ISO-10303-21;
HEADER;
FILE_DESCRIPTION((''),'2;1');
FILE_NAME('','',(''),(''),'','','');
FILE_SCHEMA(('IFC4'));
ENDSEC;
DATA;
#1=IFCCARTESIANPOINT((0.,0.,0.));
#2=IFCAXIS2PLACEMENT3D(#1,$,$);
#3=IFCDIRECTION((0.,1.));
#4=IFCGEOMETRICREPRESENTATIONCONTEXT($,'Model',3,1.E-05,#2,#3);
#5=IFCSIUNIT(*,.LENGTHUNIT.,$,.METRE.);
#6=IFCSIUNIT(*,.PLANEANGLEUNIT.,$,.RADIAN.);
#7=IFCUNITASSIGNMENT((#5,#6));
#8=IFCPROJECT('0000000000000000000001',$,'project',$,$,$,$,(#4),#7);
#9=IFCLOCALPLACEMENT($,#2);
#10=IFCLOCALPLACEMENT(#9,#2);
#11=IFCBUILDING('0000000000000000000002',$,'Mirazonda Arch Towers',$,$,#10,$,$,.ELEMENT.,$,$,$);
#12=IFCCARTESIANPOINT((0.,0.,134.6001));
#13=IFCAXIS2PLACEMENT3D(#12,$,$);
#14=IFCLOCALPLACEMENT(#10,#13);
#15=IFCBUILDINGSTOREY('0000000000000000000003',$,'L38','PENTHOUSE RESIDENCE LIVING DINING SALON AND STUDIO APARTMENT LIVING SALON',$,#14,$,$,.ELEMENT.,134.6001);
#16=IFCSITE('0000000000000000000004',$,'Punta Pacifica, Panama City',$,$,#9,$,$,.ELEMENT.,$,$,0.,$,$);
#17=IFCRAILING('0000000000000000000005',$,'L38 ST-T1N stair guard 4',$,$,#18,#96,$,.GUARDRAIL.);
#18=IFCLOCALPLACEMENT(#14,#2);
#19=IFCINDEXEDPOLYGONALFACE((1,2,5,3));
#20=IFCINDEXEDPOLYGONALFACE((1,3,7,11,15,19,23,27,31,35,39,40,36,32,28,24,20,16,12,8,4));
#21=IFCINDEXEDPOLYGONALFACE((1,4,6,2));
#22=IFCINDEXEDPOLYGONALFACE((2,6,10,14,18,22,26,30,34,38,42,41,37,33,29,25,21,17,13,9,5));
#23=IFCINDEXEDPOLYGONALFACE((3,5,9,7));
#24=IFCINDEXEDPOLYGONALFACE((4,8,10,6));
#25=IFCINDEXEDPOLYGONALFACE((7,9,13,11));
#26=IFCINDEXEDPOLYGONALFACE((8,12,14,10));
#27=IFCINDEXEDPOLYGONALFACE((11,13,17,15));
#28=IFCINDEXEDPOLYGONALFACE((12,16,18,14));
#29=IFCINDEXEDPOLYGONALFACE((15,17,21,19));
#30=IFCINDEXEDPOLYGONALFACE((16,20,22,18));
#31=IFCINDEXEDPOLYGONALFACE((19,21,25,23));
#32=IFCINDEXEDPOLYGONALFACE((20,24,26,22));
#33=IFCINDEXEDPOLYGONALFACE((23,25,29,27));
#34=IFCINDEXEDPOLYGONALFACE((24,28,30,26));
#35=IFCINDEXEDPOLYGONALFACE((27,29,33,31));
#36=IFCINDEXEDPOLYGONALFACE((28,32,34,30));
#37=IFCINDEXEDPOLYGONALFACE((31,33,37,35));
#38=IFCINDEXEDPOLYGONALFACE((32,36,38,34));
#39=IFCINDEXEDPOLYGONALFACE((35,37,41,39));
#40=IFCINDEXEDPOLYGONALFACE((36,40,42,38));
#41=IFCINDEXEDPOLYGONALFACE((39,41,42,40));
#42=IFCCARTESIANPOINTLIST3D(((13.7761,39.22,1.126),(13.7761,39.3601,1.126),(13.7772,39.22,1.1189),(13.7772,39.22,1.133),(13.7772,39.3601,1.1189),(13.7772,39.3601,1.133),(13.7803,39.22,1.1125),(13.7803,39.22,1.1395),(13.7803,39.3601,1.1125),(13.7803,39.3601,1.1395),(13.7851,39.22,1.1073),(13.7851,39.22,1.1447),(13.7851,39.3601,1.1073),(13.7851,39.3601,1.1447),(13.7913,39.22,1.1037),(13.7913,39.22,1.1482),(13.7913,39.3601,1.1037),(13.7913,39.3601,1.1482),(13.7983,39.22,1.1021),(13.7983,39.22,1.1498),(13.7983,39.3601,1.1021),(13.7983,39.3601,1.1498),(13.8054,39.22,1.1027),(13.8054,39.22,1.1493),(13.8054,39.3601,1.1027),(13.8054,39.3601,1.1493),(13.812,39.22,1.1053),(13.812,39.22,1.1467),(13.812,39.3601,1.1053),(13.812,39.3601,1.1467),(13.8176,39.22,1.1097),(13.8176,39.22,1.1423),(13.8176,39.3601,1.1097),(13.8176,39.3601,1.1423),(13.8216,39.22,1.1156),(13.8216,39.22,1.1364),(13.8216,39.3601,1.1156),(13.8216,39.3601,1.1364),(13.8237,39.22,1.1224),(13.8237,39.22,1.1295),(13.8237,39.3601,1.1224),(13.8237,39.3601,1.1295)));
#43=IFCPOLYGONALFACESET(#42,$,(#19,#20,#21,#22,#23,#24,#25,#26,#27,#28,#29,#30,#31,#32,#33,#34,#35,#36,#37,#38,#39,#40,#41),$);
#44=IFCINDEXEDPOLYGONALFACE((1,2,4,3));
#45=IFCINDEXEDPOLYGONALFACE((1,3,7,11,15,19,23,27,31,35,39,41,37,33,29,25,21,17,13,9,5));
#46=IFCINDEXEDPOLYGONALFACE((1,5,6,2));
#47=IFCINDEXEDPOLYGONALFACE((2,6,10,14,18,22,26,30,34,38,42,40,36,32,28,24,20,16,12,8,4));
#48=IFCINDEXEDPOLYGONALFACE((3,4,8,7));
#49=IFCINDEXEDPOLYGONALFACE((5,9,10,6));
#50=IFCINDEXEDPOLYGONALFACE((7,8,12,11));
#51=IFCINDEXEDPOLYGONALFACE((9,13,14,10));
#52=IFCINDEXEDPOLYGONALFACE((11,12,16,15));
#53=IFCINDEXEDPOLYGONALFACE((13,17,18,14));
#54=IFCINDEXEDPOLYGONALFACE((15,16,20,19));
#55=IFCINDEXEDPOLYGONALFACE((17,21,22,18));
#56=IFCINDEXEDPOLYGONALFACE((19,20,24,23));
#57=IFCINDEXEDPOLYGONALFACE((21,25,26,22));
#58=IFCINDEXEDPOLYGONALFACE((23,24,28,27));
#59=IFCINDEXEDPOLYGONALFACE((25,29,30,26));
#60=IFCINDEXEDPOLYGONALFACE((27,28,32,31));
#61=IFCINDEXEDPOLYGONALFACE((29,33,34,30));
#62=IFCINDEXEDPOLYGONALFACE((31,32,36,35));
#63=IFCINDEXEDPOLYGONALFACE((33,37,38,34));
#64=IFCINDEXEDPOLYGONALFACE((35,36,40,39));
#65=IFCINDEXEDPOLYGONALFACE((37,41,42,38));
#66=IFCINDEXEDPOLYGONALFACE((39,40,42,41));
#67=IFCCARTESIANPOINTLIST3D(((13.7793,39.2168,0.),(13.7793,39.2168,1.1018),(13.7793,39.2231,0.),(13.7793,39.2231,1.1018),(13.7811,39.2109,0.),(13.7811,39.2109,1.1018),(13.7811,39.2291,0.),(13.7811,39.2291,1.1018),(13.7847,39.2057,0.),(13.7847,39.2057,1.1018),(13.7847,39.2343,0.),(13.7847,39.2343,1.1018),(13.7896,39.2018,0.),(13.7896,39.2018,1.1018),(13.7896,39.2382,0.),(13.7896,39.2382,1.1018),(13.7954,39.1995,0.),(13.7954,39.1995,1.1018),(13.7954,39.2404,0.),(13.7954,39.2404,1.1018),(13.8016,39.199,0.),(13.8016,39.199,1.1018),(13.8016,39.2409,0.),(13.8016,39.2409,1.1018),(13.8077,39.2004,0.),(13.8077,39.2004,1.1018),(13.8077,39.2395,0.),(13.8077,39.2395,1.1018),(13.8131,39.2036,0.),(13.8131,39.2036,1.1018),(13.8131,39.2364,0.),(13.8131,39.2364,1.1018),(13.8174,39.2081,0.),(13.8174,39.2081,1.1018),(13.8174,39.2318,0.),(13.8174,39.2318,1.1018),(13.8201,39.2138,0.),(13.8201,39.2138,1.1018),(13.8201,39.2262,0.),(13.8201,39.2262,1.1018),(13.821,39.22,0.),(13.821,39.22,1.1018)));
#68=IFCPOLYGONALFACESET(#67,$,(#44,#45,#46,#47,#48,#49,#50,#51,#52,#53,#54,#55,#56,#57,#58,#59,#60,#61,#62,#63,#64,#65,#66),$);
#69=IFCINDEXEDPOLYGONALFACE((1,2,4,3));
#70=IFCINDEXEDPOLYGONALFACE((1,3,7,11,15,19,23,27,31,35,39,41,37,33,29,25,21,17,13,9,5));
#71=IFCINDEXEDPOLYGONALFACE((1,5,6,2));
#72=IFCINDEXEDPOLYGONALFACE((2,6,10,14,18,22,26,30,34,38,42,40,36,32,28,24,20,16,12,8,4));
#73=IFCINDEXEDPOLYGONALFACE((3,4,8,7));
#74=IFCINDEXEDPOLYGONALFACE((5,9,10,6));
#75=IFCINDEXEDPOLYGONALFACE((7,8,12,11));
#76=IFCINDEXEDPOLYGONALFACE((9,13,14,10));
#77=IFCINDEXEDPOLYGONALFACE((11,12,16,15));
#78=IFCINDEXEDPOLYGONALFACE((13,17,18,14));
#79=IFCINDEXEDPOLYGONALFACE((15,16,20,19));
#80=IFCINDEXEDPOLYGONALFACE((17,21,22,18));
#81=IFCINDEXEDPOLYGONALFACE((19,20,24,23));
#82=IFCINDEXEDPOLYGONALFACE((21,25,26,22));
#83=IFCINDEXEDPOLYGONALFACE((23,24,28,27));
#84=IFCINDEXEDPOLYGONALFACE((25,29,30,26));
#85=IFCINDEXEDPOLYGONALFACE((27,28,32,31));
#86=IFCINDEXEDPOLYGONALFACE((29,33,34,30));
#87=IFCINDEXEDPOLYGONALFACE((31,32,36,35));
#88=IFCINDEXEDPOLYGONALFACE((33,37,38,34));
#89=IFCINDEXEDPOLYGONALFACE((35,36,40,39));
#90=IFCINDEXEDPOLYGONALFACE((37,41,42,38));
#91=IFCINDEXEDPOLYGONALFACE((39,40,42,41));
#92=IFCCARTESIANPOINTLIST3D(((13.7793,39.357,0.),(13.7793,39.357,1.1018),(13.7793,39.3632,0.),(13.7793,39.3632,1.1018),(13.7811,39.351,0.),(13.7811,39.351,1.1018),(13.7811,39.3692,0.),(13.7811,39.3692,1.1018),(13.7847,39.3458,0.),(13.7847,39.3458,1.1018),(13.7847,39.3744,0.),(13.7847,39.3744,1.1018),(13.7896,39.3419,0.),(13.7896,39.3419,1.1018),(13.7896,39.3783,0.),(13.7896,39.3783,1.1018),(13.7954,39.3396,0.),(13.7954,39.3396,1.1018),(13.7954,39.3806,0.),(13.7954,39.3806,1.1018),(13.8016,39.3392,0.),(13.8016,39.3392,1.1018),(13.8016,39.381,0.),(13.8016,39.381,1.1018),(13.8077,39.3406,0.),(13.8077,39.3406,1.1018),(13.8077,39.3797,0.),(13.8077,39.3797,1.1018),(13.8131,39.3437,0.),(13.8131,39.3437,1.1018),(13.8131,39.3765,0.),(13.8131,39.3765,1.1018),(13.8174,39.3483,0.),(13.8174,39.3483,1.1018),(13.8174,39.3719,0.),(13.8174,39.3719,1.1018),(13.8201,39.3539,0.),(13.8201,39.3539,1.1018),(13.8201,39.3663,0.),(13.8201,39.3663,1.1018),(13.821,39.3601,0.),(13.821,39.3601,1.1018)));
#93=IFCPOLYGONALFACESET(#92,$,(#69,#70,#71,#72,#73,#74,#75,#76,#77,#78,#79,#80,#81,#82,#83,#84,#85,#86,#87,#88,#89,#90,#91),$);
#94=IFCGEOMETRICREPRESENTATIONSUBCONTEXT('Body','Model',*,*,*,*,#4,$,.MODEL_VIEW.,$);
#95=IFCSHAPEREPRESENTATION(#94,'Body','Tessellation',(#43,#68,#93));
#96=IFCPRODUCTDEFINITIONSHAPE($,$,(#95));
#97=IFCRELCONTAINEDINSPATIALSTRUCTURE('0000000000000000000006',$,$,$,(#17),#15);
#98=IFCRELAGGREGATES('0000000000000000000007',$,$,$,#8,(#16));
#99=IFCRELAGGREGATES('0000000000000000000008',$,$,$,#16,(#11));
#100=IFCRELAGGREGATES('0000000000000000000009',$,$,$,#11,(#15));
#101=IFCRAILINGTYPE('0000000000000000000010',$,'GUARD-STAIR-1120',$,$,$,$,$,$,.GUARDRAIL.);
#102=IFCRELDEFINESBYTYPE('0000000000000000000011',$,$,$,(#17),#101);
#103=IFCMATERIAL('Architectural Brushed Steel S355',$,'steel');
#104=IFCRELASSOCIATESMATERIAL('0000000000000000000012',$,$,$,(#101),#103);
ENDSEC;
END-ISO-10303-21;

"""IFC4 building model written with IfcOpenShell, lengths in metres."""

from ifc_helpers import new_model, si_unit, direction, frame, origin, origin_2d, place, context, subcontext, project, spatial, circle, extrude, material, type_object, element, save


model = new_model("IFC4")

# Units and contexts
model_context = context("Model", 3, precision=1e-05, world=origin(), true_north=direction((0.0, 1.0)))
body_context = subcontext(model_context, "Body", "Model", "MODEL_VIEW")
ifc_project = project(units=[si_unit("LENGTHUNIT", "METRE"), si_unit("PLANEANGLEUNIT", "RADIAN")], contexts=[model_context])

# Site, building, storey
site_placement = place(None, origin())
site = spatial("IfcSite", under=ifc_project, at=site_placement, Name="Punta Pacifica, Panama City", CompositionType="ELEMENT", RefElevation=0.0)
building_placement = place(site_placement, origin())
building = spatial("IfcBuilding", under=site, at=building_placement, Name="Mirazonda Arch Towers", CompositionType="ELEMENT")
storey_placement = place(building_placement, frame((0.0, 0.0, 134.6001)))
storey = spatial("IfcBuildingStorey", under=building, at=storey_placement, Name="L38", Description="PENTHOUSE RESIDENCE LIVING DINING SALON AND STUDIO APARTMENT LIVING SALON", CompositionType="ELEMENT", Elevation=134.6001)

# Shared definitions
ifc_material_1 = material(Name="Architectural Brushed Steel S355", Category="steel")

# Railing
railing_type_1 = type_object("IfcRailingType", Name="GUARD-STAIR-1120", PredefinedType="GUARDRAIL", material=ifc_material_1)
railing_1_placement = place(storey_placement, frame((13.8, 39.22, 0.0)))
element("IfcRailing", 1, at=railing_1_placement, inside=storey, type_object=railing_type_1, Name="L38 ST-T1N stair guard 4", PredefinedType="GUARDRAIL", context=body_context, shape_type="SweptSolid", body=[
    extrude(circle(Radius=0.0239, at=origin_2d()), frame((0.0, 0.0, 1.126), z_axis=(0.0, 1.0, 0.0), x_axis=(-1.0, 0.0, 0.0)), (0.0, 0.0, 1.0), 0.1401),
    extrude(circle(Radius=0.021, at=origin_2d()), origin(), (0.0, 0.0, 1.0), 1.1018),
    extrude(circle(Radius=0.021, at=origin_2d()), frame((0.0, 0.1401, 0.0)), (0.0, 0.0, 1.0), 1.1018),
])

save(model, "model.ifc")
